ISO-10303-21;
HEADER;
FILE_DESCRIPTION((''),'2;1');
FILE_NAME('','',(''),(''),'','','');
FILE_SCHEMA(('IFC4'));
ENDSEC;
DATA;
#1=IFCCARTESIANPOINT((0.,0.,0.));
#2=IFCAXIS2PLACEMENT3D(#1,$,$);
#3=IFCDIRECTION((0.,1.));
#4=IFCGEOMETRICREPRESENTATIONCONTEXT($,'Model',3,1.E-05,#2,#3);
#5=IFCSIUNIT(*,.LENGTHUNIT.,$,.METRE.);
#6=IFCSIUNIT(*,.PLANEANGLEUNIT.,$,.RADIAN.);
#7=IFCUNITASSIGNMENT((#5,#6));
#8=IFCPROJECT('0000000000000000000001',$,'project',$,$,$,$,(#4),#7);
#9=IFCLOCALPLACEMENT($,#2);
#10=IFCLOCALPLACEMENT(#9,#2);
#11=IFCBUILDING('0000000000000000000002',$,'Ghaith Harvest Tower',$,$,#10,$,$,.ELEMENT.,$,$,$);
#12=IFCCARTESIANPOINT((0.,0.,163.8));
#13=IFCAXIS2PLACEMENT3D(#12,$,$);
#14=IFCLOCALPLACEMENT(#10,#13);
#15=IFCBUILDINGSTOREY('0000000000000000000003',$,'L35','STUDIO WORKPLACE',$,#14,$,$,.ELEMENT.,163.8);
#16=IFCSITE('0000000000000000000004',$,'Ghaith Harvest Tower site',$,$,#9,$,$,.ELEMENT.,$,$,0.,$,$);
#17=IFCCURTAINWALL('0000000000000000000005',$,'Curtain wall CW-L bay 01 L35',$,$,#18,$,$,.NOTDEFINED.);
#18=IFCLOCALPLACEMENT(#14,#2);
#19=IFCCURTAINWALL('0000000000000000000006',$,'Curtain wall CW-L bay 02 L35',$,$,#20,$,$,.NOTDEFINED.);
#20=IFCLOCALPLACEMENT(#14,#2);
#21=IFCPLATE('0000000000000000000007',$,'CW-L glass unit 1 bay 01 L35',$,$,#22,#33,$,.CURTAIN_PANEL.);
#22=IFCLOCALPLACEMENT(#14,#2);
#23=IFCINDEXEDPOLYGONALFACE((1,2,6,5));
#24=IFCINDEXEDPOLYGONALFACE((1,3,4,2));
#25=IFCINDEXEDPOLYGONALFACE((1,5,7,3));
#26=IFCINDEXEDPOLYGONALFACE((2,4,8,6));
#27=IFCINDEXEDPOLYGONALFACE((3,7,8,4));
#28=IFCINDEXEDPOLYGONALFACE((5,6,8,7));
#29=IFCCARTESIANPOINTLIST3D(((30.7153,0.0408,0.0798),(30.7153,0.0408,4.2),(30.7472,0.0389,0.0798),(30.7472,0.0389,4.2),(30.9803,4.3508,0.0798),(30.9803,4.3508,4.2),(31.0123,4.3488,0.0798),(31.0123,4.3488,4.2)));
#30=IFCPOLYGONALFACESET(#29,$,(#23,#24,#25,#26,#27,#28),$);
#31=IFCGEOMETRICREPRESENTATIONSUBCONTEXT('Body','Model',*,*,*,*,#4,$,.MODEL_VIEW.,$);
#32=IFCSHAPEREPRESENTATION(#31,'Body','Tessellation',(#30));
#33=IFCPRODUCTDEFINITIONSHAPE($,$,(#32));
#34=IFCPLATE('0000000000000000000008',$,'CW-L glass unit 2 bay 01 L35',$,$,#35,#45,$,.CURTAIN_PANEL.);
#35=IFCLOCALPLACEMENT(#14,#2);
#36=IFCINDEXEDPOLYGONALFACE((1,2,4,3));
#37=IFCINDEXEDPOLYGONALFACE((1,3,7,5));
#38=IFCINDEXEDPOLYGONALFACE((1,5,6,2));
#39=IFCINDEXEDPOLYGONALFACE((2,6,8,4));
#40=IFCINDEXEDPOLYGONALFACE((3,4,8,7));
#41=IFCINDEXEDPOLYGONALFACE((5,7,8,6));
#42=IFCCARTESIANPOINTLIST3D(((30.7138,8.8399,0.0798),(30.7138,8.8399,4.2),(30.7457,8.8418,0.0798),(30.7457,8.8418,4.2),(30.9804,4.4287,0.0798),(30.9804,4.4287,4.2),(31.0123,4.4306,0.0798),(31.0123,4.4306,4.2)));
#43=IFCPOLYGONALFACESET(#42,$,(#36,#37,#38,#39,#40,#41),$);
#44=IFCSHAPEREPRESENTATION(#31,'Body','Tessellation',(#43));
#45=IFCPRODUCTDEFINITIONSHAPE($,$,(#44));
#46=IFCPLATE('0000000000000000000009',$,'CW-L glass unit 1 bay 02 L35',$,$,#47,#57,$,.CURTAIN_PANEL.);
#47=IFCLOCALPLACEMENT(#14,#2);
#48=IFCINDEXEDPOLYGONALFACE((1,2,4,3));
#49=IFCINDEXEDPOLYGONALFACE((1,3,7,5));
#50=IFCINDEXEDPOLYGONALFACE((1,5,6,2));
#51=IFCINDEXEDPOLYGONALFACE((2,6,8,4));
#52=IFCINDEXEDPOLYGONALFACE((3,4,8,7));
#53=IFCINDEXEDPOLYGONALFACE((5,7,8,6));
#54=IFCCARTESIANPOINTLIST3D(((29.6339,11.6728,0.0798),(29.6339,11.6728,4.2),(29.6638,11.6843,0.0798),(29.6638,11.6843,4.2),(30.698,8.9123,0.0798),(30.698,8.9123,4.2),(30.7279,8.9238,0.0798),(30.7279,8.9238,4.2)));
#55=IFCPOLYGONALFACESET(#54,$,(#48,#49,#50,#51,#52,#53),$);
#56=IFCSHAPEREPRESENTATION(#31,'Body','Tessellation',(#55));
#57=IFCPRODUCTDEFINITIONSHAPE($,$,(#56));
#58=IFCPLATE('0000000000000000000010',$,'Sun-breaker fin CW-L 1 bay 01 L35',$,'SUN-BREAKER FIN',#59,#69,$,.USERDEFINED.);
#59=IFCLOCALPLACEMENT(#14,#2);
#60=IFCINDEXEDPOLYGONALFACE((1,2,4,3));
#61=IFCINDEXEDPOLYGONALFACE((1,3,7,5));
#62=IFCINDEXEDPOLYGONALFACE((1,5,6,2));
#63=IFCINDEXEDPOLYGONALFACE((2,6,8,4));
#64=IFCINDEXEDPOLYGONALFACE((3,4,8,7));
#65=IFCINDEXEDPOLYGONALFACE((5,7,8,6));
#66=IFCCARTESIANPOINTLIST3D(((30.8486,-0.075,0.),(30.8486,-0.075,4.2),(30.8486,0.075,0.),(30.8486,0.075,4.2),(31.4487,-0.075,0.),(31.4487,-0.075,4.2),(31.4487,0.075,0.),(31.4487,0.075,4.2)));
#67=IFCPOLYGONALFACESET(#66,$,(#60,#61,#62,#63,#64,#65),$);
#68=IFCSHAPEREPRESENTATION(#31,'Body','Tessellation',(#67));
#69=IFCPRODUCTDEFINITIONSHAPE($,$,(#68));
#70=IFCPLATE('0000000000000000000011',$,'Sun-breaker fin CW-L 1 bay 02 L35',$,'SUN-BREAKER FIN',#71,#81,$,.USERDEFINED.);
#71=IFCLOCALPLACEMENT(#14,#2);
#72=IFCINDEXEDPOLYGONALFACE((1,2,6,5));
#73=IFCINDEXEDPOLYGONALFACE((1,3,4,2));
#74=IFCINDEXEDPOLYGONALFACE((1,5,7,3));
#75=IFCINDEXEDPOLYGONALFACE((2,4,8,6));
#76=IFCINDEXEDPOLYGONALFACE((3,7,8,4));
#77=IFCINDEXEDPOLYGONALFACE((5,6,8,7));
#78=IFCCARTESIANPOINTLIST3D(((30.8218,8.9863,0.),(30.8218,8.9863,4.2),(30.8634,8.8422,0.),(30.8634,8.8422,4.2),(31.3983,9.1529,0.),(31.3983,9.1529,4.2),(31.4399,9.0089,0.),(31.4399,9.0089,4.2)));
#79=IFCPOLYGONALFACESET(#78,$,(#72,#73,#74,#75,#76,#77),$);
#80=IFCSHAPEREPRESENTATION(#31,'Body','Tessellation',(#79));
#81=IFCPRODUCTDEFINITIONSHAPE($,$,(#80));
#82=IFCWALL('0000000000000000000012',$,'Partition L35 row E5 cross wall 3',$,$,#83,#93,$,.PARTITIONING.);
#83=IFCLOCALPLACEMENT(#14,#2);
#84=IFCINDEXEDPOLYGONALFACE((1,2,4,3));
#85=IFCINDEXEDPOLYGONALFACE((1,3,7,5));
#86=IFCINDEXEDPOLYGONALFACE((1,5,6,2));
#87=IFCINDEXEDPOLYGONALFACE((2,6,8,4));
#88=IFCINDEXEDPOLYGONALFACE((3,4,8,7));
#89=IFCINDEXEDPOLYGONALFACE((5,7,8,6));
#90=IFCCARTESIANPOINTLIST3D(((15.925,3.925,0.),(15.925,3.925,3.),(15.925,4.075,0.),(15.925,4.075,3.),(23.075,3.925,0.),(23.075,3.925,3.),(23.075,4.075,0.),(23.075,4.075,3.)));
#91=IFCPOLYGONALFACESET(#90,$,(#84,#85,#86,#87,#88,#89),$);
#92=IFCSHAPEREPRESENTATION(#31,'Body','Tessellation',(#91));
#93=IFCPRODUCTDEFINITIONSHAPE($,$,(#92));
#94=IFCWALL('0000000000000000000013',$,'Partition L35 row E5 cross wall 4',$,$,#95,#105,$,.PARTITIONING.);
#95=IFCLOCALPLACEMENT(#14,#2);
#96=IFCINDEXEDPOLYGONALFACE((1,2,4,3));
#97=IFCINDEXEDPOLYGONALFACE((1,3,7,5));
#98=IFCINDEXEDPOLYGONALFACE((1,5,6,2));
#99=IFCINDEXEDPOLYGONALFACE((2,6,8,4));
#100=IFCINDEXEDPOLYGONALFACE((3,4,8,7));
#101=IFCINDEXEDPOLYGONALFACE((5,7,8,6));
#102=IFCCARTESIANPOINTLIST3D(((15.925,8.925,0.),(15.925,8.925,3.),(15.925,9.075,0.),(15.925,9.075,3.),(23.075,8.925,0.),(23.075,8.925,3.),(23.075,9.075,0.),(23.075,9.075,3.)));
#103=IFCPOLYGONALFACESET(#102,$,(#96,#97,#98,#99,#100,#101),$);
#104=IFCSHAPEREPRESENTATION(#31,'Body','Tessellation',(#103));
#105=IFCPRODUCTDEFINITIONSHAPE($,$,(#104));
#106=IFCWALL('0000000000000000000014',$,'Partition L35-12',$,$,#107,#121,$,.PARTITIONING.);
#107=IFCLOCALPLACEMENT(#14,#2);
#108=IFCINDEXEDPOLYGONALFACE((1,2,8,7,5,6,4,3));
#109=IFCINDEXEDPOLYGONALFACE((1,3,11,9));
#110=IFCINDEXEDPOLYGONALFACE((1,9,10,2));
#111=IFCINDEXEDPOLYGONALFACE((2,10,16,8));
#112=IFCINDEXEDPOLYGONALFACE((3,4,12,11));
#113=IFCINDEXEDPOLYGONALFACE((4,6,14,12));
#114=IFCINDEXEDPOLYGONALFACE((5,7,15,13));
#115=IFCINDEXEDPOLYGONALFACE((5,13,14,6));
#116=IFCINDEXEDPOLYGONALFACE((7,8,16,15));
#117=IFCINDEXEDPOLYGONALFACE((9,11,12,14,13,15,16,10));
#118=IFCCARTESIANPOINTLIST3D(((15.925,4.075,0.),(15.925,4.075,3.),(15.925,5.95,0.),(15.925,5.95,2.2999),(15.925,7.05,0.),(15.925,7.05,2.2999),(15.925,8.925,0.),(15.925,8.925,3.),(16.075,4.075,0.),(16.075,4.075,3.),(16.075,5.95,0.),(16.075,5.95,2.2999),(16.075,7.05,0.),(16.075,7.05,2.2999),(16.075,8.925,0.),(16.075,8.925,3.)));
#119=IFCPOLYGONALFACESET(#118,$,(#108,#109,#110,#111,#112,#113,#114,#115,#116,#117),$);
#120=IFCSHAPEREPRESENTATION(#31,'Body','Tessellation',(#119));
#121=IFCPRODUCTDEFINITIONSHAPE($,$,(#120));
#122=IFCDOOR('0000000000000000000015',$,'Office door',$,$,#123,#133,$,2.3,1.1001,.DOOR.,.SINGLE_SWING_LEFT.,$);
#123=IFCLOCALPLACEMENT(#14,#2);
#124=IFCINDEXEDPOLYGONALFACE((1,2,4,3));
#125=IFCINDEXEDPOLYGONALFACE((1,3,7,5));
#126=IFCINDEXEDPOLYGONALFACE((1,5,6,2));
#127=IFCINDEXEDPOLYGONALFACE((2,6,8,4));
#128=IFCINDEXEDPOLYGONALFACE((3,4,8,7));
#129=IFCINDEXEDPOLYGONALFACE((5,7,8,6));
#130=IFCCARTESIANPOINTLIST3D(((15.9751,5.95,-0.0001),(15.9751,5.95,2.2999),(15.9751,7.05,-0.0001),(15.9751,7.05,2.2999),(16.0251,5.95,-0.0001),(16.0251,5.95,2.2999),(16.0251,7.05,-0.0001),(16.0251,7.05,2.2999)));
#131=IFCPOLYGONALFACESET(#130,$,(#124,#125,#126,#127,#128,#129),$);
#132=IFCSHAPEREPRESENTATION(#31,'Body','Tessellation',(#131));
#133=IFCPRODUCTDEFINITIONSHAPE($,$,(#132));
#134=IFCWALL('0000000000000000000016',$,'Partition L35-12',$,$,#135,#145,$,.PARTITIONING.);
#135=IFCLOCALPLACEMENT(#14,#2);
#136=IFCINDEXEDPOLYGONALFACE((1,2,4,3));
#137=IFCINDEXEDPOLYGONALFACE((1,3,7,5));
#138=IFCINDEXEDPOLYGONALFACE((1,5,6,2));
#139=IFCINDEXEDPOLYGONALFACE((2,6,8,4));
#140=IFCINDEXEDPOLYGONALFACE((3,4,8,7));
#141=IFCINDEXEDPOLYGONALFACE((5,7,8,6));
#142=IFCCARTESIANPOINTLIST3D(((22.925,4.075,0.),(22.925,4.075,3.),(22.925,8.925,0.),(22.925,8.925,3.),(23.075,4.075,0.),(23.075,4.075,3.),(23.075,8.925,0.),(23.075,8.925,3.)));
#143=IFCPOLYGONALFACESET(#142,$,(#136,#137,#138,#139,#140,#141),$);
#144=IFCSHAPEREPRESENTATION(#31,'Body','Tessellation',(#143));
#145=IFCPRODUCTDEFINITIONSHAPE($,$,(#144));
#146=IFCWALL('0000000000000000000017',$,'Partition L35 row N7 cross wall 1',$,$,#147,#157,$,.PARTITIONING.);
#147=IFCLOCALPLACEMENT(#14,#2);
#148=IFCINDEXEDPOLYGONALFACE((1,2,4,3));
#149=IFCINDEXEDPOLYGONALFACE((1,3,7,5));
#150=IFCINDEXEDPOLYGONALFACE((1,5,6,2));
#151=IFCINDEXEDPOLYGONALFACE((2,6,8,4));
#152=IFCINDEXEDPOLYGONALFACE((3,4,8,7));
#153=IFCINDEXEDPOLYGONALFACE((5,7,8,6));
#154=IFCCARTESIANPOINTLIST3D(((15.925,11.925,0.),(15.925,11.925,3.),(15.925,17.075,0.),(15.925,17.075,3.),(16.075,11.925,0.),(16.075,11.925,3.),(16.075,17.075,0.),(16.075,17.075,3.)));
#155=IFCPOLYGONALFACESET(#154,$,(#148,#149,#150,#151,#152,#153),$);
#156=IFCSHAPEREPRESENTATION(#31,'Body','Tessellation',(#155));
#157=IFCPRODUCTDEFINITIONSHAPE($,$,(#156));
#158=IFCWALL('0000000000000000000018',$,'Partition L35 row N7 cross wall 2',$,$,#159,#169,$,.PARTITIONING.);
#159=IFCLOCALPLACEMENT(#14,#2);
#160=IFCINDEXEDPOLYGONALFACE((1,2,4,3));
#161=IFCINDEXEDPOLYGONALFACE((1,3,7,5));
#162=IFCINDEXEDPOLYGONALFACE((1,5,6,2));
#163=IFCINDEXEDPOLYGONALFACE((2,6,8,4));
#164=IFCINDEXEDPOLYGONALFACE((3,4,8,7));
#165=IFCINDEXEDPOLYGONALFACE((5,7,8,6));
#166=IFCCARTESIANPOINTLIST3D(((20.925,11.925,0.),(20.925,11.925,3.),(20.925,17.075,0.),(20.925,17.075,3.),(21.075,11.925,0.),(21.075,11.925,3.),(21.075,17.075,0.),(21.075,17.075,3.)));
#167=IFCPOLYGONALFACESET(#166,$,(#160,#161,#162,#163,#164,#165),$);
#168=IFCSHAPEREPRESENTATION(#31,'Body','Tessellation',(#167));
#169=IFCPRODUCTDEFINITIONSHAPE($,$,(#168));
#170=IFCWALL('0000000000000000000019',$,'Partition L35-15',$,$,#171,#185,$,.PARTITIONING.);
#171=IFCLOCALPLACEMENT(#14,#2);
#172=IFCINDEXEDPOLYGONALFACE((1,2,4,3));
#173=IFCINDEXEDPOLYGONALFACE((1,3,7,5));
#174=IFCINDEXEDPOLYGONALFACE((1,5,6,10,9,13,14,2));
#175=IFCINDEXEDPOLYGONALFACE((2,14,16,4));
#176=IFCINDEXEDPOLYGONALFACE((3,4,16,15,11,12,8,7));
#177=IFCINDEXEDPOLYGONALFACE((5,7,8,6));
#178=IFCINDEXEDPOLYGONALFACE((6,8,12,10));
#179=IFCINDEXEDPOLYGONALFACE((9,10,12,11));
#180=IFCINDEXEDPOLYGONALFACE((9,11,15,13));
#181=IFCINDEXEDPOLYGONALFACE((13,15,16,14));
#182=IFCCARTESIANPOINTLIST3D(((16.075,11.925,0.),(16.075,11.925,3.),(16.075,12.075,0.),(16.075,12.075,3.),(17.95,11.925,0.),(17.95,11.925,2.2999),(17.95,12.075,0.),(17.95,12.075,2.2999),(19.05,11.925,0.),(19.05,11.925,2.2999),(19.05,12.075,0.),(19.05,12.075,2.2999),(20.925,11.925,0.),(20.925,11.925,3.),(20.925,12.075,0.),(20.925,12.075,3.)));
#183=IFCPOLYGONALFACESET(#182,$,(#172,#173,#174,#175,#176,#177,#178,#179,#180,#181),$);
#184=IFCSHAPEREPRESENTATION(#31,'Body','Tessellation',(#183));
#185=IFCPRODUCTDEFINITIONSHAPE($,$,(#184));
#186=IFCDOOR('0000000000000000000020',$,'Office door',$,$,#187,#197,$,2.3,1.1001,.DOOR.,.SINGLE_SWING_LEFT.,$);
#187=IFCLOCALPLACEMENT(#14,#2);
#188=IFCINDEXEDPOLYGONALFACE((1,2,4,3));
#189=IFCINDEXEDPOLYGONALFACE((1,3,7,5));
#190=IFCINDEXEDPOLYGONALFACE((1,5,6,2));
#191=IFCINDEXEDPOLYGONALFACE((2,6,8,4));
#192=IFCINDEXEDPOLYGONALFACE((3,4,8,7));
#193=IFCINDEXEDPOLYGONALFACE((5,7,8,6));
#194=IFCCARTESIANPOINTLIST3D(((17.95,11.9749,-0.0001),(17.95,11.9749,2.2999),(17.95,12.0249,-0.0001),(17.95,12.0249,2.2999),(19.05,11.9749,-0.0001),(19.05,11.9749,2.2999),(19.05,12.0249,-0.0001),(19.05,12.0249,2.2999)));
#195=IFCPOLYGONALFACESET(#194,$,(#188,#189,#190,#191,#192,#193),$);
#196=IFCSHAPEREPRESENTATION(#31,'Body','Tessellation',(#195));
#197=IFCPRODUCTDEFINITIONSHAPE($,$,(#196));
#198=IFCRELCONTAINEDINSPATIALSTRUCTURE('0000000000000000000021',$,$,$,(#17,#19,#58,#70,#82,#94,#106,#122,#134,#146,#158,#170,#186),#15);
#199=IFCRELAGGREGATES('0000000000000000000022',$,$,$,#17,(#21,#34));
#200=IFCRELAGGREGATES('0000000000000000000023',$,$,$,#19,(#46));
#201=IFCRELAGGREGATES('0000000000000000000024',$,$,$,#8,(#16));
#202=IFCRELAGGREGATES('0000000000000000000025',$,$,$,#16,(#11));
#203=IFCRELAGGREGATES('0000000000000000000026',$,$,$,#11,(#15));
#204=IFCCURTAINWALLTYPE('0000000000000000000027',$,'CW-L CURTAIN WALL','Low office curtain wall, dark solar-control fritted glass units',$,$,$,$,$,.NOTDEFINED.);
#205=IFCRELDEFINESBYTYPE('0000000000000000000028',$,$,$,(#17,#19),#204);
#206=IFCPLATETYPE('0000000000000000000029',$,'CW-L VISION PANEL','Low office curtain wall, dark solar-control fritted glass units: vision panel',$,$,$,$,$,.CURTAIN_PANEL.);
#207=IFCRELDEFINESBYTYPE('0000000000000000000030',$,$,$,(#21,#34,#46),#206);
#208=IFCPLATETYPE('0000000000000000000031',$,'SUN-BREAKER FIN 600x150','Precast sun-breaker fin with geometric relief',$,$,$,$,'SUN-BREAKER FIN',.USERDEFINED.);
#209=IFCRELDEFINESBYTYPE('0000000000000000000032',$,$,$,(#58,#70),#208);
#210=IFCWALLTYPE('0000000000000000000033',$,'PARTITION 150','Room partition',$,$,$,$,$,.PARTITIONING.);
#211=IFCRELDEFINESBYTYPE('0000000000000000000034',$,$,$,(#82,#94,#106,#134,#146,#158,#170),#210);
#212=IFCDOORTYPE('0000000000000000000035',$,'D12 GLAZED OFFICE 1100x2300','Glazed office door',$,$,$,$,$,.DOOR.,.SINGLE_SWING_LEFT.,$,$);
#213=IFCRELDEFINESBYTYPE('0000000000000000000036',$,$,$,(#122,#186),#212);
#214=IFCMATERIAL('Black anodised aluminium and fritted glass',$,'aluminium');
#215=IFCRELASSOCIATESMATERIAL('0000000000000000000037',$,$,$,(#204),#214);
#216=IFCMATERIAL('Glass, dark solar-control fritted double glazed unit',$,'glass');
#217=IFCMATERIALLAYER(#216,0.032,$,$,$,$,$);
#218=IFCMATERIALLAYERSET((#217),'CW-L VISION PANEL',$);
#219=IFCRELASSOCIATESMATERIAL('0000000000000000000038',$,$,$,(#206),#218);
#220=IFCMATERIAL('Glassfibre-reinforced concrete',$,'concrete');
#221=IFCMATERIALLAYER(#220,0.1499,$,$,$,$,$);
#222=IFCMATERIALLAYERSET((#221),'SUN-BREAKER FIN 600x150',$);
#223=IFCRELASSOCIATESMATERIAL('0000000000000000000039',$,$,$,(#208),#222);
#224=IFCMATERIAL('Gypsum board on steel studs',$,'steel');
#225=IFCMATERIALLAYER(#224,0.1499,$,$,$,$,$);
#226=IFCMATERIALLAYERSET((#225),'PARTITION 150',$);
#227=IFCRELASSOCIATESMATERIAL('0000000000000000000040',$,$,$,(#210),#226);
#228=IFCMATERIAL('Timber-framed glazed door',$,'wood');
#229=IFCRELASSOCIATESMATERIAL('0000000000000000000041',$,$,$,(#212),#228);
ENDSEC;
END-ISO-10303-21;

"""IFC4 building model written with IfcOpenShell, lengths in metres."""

from ifc_helpers import new_model, si_unit, direction, frame, frame_2d, origin, origin_2d, place, context, subcontext, project, spatial, rectangle, extrude, material, layer, layer_set, type_object, element, fill, aggregate, save


model = new_model("IFC4")

# Units and contexts
model_context = context("Model", 3, precision=1e-05, world=origin(), true_north=direction((0.0, 1.0)))
body_context = subcontext(model_context, "Body", "Model", "MODEL_VIEW")
ifc_project = project(units=[si_unit("LENGTHUNIT", "METRE"), si_unit("PLANEANGLEUNIT", "RADIAN")], contexts=[model_context])

# Site, building, storey
site_placement = place(None, origin())
site = spatial("IfcSite", under=ifc_project, at=site_placement, Name="Ghaith Harvest Tower site", CompositionType="ELEMENT", RefElevation=0.0)
building_placement = place(site_placement, origin())
building = spatial("IfcBuilding", under=site, at=building_placement, Name="Ghaith Harvest Tower", CompositionType="ELEMENT")
storey_placement = place(building_placement, frame((0.0, 0.0, 163.8)))
storey = spatial("IfcBuildingStorey", under=building, at=storey_placement, Name="L35", Description="STUDIO WORKPLACE", CompositionType="ELEMENT", Elevation=163.8)

# Curtain walls
ifc_material_1 = material(Name="Black anodised aluminium and fritted glass", Category="aluminium")
curtain_wall_type = type_object("IfcCurtainWallType", Name="CW-L CURTAIN WALL", Description="Low office curtain wall, dark solar-control fritted glass units", PredefinedType="NOTDEFINED", material=ifc_material_1)
curtain_wall_1_placement = place(storey_placement, origin())
curtain_wall_1 = element("IfcCurtainWall", 1, at=curtain_wall_1_placement, inside=storey, type_object=curtain_wall_type, Name="Curtain wall CW-L bay 01 L35", PredefinedType="NOTDEFINED")
curtain_wall_2_placement = place(storey_placement, origin())
curtain_wall_2 = element("IfcCurtainWall", 2, at=curtain_wall_2_placement, inside=storey, type_object=curtain_wall_type, Name="Curtain wall CW-L bay 02 L35", PredefinedType="NOTDEFINED")

# Plates
ifc_material_2 = material(Name="Glass, dark solar-control fritted double glazed unit", Category="glass")
ifc_layer_1 = layer(ifc_material_2, 0.032)
ifc_layer_set_1 = layer_set([ifc_layer_1], Name="CW-L VISION PANEL")
plate_type_1 = type_object("IfcPlateType", Name="CW-L VISION PANEL", Description="Low office curtain wall, dark solar-control fritted glass units: vision panel", PredefinedType="CURTAIN_PANEL", material=ifc_layer_set_1)
plate_1_placement = place(storey_placement, frame((30.8638, 2.1948, 0.0798), z_axis=(0.0, 0.0, 1.0), x_axis=(0.06138, 0.998114, 0.0)))
plate_1 = element("IfcPlate", 3, at=plate_1_placement, type_object=plate_type_1, Name="CW-L glass unit 1 bay 01 L35", PredefinedType="CURTAIN_PANEL", context=body_context, shape_type="SweptSolid", body=[
    extrude(rectangle(XDim=4.3181, YDim=0.032, at=origin_2d()), origin(), (0.0, 0.0, 1.0), 4.1201),
])
plate_2_placement = place(storey_placement, frame((30.863, 6.6353, 0.0798), z_axis=(0.0, 0.0, 1.0), x_axis=(-0.060321, 0.998179, 0.0)))
plate_2 = element("IfcPlate", 4, at=plate_2_placement, type_object=plate_type_1, Name="CW-L glass unit 2 bay 01 L35", PredefinedType="CURTAIN_PANEL", context=body_context, shape_type="SweptSolid", body=[
    extrude(rectangle(XDim=4.4192, YDim=0.032, at=origin_2d()), origin(), (0.0, 0.0, 1.0), 4.1201),
])
aggregate(curtain_wall_1, [plate_1, plate_2])
plate_3_placement = place(storey_placement, frame((30.1809, 10.2983, 0.0798), z_axis=(0.0, 0.0, 1.0), x_axis=(-0.359677, 0.933077, 0.0)))
plate_3 = element("IfcPlate", 5, at=plate_3_placement, type_object=plate_type_1, Name="CW-L glass unit 1 bay 02 L35", PredefinedType="CURTAIN_PANEL", context=body_context, shape_type="SweptSolid", body=[
    extrude(rectangle(XDim=2.9585, YDim=0.032, at=origin_2d()), origin(), (0.0, 0.0, 1.0), 4.1201),
])
aggregate(curtain_wall_2, [plate_3])

# Plates
ifc_material_3 = material(Name="Glassfibre-reinforced concrete", Category="concrete")
ifc_layer_2 = layer(ifc_material_3, 0.1499)
ifc_layer_set_2 = layer_set([ifc_layer_2], Name="SUN-BREAKER FIN 600x150")
plate_type_2 = type_object("IfcPlateType", Name="SUN-BREAKER FIN 600x150", Description="Precast sun-breaker fin with geometric relief", ElementType="SUN-BREAKER FIN", PredefinedType="USERDEFINED", material=ifc_layer_set_2)
for number, where, z_axis, x_axis, name in (
    (6, (31.1487, 0.0, 0.0), (0.0, 0.0, 1.0), (1.0, 0.0, 0.0), "Sun-breaker fin CW-L 1 bay 01 L35"),
    (7, (31.1309, 8.9976, 0.0), (0.0, 0.0, 1.0), (0.96068, 0.277657, 0.0), "Sun-breaker fin CW-L 1 bay 02 L35"),
):
    element("IfcPlate", number, at=place(storey_placement, frame(where, z_axis=z_axis, x_axis=x_axis)), inside=storey, type_object=plate_type_2, Name=name, ObjectType="SUN-BREAKER FIN", PredefinedType="USERDEFINED", context=body_context, shape_type="SweptSolid", body=[
        extrude(rectangle(XDim=0.6001, YDim=0.1499, at=origin_2d()), origin(), (0.0, 0.0, 1.0), 4.2),
    ])

# Walls
ifc_material_4 = material(Name="Gypsum board on steel studs", Category="steel")
ifc_layer_3 = layer(ifc_material_4, 0.1499)
ifc_layer_set_3 = layer_set([ifc_layer_3], Name="PARTITION 150")
wall_type_1 = type_object("IfcWallType", Name="PARTITION 150", Description="Room partition", PredefinedType="PARTITIONING", material=ifc_layer_set_3)
for number, where, z_axis, x_axis, name in (
    (8, (15.925, 4.0, 0.0), (0.0, 0.0, 1.0), (1.0, 0.0, 0.0), "Partition L35 row E5 cross wall 3"),
    (9, (15.925, 9.0, 0.0), (0.0, 0.0, 1.0), (1.0, 0.0, 0.0), "Partition L35 row E5 cross wall 4"),
):
    element("IfcWall", number, at=place(storey_placement, frame(where, z_axis=z_axis, x_axis=x_axis)), inside=storey, type_object=wall_type_1, Name=name, PredefinedType="PARTITIONING", context=body_context, shape_type="SweptSolid", body=[
        extrude(rectangle(XDim=7.1499, YDim=0.1499, at=frame_2d((3.575, 0.0))), origin(), (0.0, 0.0, 1.0), 3.0),
    ])

# Wall, opening, door
wall_1_placement = place(storey_placement, frame((16.0, 4.075, 0.0), z_axis=(0.0, 0.0, 1.0), x_axis=(0.0, 1.0, 0.0)))
wall_1 = element("IfcWall", 10, at=wall_1_placement, inside=storey, type_object=wall_type_1, Name="Partition L35-12", PredefinedType="PARTITIONING", context=body_context, shape_type="SweptSolid", body=[
    extrude(rectangle(XDim=4.8501, YDim=0.1499, at=frame_2d((2.425, 0.0))), origin(), (0.0, 0.0, 1.0), 3.0),
])
opening_1_placement = place(wall_1_placement, frame((1.875, 0.0, 0.0)))
opening_1 = element("IfcOpeningElement", 11, at=opening_1_placement, cuts=wall_1, PredefinedType="OPENING", context=body_context, shape_type="SweptSolid", body=[
    extrude(rectangle(XDim=1.1001, YDim=2.3, at=frame_2d((0.55, 1.1499))), frame((0.0, 0.085, 0.0), z_axis=(0.0, -1.0, 0.0), x_axis=(1.0, 0.0, 0.0)), (0.0, 0.0, 1.0), 0.1699),
])
ifc_material_5 = material(Name="Timber-framed glazed door", Category="wood")
door_type_1 = type_object("IfcDoorType", Name="D12 GLAZED OFFICE 1100x2300", Description="Glazed office door", OperationType="SINGLE_SWING_LEFT", PredefinedType="DOOR", material=ifc_material_5)
door_1_placement = place(opening_1_placement, origin())
door_1 = element("IfcDoor", 12, at=door_1_placement, inside=storey, type_object=door_type_1, Name="Office door", OperationType="SINGLE_SWING_LEFT", OverallHeight=2.3, OverallWidth=1.1001, PredefinedType="DOOR", context=body_context, shape_type="SweptSolid", body=[
    extrude(rectangle(XDim=1.1001, YDim=2.3, at=frame_2d((0.55, 1.1499))), frame((0.0, 0.0249, 0.0), z_axis=(0.0, -1.0, 0.0), x_axis=(1.0, 0.0, 0.0)), (0.0, 0.0, 1.0), 0.05),
])
fill(opening_1, door_1)

# Walls
wall_2_placement = place(storey_placement, frame((23.0, 4.075, 0.0), z_axis=(0.0, 0.0, 1.0), x_axis=(0.0, 1.0, 0.0)))
element("IfcWall", 13, at=wall_2_placement, inside=storey, type_object=wall_type_1, Name="Partition L35-12", PredefinedType="PARTITIONING", context=body_context, shape_type="SweptSolid", body=[
    extrude(rectangle(XDim=4.8501, YDim=0.1499, at=frame_2d((2.425, 0.0))), origin(), (0.0, 0.0, 1.0), 3.0),
])
for number, where, z_axis, x_axis, name in (
    (14, (16.0, 11.925, 0.0), (0.0, 0.0, 1.0), (0.0, 1.0, 0.0), "Partition L35 row N7 cross wall 1"),
    (15, (21.0, 11.925, 0.0), (0.0, 0.0, 1.0), (0.0, 1.0, 0.0), "Partition L35 row N7 cross wall 2"),
):
    element("IfcWall", number, at=place(storey_placement, frame(where, z_axis=z_axis, x_axis=x_axis)), inside=storey, type_object=wall_type_1, Name=name, PredefinedType="PARTITIONING", context=body_context, shape_type="SweptSolid", body=[
        extrude(rectangle(XDim=5.1499, YDim=0.1499, at=frame_2d((2.575, 0.0))), origin(), (0.0, 0.0, 1.0), 3.0),
    ])

# Wall, opening, door
wall_3_placement = place(storey_placement, frame((16.075, 12.0, 0.0), z_axis=(0.0, 0.0, 1.0), x_axis=(1.0, 0.0, 0.0)))
wall_3 = element("IfcWall", 16, at=wall_3_placement, inside=storey, type_object=wall_type_1, Name="Partition L35-15", PredefinedType="PARTITIONING", context=body_context, shape_type="SweptSolid", body=[
    extrude(rectangle(XDim=4.8501, YDim=0.1499, at=frame_2d((2.425, 0.0))), origin(), (0.0, 0.0, 1.0), 3.0),
])
opening_2_placement = place(wall_3_placement, frame((1.875, 0.0, 0.0)))
opening_2 = element("IfcOpeningElement", 17, at=opening_2_placement, cuts=wall_3, PredefinedType="OPENING", context=body_context, shape_type="SweptSolid", body=[
    extrude(rectangle(XDim=1.1001, YDim=2.3, at=frame_2d((0.55, 1.1499))), frame((0.0, 0.085, 0.0), z_axis=(0.0, -1.0, 0.0), x_axis=(1.0, 0.0, 0.0)), (0.0, 0.0, 1.0), 0.1699),
])
door_2_placement = place(opening_2_placement, origin())
door_2 = element("IfcDoor", 18, at=door_2_placement, inside=storey, type_object=door_type_1, Name="Office door", OperationType="SINGLE_SWING_LEFT", OverallHeight=2.3, OverallWidth=1.1001, PredefinedType="DOOR", context=body_context, shape_type="SweptSolid", body=[
    extrude(rectangle(XDim=1.1001, YDim=2.3, at=frame_2d((0.55, 1.1499))), frame((0.0, 0.0249, 0.0), z_axis=(0.0, -1.0, 0.0), x_axis=(1.0, 0.0, 0.0)), (0.0, 0.0, 1.0), 0.05),
])
fill(opening_2, door_2)

save(model, "model.ifc")
